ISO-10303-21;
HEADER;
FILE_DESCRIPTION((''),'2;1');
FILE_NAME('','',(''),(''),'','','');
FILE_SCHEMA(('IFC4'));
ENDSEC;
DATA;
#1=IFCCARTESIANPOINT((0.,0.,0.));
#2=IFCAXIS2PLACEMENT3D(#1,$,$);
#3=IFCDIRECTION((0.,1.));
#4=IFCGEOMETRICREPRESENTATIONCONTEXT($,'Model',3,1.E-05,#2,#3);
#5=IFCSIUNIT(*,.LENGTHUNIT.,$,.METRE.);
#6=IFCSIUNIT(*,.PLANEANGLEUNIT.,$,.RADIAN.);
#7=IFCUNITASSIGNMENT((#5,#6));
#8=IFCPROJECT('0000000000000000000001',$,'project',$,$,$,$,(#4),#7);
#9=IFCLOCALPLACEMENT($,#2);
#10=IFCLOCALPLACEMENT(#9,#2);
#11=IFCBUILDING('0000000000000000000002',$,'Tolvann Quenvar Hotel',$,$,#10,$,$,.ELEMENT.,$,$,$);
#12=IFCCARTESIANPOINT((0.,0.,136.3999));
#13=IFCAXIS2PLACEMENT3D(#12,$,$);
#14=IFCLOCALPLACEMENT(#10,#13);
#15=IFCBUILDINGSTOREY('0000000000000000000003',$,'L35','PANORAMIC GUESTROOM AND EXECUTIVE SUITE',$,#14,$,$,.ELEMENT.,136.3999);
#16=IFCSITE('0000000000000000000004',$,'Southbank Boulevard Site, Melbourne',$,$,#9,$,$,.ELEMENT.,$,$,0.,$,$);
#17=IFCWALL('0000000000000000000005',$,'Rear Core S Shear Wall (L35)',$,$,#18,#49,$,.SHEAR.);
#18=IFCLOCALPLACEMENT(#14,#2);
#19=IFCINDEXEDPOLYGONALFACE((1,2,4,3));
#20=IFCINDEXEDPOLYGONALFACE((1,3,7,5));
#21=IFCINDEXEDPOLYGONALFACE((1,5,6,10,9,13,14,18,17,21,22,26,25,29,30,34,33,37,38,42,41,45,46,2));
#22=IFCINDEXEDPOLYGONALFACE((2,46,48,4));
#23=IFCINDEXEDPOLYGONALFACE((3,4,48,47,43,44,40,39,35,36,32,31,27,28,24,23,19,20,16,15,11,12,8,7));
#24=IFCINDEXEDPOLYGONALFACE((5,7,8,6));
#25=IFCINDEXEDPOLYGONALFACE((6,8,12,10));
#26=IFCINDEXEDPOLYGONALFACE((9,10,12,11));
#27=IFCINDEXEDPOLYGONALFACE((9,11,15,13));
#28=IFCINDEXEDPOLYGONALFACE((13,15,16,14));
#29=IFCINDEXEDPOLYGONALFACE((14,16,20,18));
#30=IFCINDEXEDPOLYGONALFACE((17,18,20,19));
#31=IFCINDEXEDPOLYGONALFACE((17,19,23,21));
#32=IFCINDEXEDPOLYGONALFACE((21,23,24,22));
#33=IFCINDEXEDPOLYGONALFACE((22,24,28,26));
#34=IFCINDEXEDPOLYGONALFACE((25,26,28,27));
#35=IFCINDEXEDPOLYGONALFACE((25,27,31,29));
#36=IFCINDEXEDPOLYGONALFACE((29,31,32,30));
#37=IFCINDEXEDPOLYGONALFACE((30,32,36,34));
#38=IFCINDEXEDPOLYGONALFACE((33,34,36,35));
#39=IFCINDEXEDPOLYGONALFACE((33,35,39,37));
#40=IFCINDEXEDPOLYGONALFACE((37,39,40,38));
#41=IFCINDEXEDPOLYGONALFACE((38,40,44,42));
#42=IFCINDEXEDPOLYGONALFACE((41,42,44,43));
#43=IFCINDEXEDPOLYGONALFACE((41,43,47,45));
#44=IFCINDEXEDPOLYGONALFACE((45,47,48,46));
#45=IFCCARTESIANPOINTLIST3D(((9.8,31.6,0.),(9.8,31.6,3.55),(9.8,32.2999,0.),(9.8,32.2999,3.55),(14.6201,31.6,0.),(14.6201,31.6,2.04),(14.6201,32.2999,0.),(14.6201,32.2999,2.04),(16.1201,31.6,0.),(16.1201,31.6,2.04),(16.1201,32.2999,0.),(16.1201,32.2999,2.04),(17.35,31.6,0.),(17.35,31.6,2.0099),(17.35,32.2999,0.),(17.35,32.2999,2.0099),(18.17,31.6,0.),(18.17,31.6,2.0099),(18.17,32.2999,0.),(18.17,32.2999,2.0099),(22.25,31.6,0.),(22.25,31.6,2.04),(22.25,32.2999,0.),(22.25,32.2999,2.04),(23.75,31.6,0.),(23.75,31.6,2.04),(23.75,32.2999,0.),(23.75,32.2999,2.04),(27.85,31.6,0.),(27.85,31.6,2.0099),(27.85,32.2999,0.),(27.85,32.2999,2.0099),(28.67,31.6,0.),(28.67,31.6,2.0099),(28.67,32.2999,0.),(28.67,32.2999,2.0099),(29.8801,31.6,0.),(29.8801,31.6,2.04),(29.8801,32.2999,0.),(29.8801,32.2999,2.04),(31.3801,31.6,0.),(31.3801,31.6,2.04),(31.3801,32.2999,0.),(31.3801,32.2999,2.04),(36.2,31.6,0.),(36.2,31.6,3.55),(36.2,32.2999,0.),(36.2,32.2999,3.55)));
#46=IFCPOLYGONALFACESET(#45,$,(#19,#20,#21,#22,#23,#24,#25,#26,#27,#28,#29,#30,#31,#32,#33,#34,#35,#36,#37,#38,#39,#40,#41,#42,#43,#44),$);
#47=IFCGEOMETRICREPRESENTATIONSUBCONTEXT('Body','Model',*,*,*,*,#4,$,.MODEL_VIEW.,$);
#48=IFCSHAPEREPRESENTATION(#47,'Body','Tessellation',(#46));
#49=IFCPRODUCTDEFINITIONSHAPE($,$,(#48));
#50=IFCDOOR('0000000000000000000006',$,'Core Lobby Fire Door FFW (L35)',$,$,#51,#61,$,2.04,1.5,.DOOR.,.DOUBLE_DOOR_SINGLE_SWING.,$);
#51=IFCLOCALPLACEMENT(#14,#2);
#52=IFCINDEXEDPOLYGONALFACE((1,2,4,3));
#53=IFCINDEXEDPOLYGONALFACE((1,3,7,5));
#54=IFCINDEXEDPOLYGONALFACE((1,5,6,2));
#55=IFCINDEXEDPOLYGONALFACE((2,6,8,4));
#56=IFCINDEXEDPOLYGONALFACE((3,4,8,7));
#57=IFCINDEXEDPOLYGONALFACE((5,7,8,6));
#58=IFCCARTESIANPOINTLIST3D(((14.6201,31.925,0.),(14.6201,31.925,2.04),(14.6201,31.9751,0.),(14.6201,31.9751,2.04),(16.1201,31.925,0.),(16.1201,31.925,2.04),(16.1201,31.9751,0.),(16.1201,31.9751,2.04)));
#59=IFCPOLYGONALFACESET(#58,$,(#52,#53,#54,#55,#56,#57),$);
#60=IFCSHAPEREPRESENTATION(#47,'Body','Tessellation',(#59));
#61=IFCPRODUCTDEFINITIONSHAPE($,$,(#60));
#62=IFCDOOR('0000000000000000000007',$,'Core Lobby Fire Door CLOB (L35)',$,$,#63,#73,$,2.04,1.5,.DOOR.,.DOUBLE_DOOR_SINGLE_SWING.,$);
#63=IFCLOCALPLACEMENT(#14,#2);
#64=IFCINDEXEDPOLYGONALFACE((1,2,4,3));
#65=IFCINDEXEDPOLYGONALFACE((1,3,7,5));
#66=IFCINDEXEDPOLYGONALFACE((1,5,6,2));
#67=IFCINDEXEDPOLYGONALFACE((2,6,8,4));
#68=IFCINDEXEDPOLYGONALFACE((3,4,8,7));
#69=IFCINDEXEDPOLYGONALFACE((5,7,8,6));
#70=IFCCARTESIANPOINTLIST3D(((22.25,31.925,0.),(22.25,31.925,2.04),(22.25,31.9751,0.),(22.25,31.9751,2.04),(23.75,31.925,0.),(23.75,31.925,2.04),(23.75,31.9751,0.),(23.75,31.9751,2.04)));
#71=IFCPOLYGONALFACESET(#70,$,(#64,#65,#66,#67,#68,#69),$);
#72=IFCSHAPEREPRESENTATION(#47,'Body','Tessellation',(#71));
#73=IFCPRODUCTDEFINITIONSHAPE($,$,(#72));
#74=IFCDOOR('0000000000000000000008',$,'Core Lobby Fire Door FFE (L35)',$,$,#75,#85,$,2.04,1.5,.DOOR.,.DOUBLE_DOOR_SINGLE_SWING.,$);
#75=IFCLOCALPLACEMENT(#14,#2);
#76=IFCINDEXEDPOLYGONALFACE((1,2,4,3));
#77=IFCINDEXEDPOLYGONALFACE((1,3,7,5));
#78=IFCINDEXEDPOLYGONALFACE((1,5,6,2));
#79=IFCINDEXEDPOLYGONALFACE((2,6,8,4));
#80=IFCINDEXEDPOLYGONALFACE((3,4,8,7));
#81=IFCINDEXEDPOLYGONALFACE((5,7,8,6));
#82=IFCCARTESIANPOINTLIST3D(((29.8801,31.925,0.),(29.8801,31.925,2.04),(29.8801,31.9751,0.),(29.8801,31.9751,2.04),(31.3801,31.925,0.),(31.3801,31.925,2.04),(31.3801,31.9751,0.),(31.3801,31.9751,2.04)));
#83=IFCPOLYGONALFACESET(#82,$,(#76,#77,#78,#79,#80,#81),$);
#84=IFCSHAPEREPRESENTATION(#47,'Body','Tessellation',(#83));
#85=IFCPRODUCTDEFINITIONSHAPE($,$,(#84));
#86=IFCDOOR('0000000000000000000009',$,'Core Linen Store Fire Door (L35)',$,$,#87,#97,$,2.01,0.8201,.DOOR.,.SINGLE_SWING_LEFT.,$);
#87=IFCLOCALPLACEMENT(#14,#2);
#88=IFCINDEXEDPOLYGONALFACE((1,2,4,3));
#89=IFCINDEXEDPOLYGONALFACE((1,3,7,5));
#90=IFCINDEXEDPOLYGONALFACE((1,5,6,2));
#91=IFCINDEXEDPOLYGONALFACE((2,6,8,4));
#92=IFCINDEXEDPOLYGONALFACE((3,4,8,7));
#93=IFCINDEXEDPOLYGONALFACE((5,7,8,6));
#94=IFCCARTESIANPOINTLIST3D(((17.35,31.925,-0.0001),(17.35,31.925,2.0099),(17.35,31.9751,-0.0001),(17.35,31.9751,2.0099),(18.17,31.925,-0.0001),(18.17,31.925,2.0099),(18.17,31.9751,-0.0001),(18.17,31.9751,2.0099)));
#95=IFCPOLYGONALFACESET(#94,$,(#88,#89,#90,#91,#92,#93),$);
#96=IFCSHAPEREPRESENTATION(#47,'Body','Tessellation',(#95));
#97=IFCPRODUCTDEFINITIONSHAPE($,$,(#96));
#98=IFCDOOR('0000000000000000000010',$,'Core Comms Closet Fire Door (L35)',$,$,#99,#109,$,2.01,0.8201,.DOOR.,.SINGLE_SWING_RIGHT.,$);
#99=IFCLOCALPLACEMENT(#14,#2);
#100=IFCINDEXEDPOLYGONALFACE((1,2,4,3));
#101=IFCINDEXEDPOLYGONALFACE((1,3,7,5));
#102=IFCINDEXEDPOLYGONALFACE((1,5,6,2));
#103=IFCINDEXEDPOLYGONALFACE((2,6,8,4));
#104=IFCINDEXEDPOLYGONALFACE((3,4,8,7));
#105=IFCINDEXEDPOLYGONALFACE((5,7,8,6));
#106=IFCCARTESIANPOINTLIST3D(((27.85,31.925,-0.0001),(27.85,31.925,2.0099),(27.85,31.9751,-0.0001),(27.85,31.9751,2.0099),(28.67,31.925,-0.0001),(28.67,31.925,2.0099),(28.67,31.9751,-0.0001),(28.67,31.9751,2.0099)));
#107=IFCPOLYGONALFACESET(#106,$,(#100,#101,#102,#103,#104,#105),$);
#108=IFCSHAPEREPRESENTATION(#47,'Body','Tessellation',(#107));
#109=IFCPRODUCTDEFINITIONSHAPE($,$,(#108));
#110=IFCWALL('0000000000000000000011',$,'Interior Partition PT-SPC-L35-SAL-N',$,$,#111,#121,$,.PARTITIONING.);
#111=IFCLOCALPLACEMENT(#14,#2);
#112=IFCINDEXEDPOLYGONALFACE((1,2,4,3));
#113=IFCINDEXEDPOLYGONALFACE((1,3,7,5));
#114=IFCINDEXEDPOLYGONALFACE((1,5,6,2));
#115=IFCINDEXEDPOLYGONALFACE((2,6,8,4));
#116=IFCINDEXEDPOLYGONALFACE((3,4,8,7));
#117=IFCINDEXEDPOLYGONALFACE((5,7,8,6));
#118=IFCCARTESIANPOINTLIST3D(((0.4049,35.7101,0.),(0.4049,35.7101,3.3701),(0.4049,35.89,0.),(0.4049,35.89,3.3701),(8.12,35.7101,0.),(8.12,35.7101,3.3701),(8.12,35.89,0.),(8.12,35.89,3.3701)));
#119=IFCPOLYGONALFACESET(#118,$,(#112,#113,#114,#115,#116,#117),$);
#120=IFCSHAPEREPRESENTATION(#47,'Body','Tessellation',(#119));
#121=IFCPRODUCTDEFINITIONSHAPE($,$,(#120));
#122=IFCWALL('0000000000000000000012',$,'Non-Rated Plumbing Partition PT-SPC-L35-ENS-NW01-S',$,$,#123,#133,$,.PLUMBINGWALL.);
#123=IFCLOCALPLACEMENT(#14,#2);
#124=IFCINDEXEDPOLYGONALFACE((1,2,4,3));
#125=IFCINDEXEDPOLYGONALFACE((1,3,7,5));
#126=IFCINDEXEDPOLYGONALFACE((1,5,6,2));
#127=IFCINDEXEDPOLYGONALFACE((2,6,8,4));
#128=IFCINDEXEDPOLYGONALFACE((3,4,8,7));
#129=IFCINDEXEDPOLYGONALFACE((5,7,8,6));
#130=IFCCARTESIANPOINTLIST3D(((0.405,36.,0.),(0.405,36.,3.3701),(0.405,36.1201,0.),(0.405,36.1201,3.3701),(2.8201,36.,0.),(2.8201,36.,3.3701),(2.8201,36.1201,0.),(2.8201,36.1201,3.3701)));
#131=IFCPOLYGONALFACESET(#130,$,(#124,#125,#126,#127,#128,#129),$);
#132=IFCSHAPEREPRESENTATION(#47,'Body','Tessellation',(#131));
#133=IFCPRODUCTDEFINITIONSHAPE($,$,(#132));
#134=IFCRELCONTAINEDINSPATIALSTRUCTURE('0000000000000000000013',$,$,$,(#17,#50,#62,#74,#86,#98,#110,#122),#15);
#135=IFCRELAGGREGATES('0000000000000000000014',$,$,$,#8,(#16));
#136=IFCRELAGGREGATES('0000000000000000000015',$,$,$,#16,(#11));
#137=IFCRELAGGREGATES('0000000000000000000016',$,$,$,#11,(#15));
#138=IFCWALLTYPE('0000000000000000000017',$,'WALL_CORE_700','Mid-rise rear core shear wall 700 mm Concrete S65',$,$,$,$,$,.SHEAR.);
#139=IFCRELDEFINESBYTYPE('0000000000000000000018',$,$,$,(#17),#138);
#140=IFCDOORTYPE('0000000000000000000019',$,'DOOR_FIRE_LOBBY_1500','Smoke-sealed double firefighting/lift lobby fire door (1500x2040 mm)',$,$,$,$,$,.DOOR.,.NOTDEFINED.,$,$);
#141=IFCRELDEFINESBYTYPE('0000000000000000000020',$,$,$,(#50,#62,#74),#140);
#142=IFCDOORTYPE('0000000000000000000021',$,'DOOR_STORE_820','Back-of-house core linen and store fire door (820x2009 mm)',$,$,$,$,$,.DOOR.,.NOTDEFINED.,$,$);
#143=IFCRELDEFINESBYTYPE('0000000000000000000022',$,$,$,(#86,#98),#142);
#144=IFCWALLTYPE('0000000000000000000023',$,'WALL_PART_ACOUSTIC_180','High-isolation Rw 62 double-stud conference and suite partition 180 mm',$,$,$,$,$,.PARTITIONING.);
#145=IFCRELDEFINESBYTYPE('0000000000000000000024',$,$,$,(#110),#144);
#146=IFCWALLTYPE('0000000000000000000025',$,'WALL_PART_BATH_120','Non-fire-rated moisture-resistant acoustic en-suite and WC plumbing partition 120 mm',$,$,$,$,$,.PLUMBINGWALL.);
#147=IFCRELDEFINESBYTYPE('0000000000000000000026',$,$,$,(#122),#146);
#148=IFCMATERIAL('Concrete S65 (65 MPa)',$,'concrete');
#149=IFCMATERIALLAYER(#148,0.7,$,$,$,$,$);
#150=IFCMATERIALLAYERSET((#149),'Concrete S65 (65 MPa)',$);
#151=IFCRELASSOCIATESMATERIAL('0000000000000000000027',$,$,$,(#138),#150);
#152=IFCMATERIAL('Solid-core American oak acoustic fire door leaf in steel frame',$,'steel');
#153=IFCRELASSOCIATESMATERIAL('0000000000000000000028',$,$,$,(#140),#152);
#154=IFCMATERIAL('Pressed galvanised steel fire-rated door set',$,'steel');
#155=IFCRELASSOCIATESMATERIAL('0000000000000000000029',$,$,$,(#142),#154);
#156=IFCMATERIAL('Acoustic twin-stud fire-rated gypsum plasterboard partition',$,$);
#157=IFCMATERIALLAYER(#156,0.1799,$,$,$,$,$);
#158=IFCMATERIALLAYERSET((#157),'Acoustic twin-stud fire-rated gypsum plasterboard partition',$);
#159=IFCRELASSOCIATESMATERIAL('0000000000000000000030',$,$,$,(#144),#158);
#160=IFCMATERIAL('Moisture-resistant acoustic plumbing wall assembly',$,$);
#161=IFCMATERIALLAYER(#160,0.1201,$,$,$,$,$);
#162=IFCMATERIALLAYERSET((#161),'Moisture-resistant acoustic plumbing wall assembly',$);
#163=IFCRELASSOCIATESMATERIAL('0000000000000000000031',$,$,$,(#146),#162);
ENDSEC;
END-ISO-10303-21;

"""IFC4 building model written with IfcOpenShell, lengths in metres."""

from ifc_helpers import new_model, si_unit, direction, frame, frame_2d, origin, place, context, subcontext, project, spatial, rectangle, extrude, source, transform, mapped, material, layer, layer_set, type_object, type_shapes, element, fill, save


model = new_model("IFC4")

# Units and contexts
model_context = context("Model", 3, precision=1e-05, world=origin(), true_north=direction((0.0, 1.0)))
body_context = subcontext(model_context, "Body", "Model", "MODEL_VIEW")
ifc_project = project(units=[si_unit("LENGTHUNIT", "METRE"), si_unit("PLANEANGLEUNIT", "RADIAN")], contexts=[model_context])

# Site, building, storey
site_placement = place(None, origin())
site = spatial("IfcSite", under=ifc_project, at=site_placement, Name="Southbank Boulevard Site, Melbourne", CompositionType="ELEMENT", RefElevation=0.0)
building_placement = place(site_placement, origin())
building = spatial("IfcBuilding", under=site, at=building_placement, Name="Tolvann Quenvar Hotel", CompositionType="ELEMENT")
storey_placement = place(building_placement, frame((0.0, 0.0, 136.3999)))
storey = spatial("IfcBuildingStorey", under=building, at=storey_placement, Name="L35", Description="PANORAMIC GUESTROOM AND EXECUTIVE SUITE", CompositionType="ELEMENT", Elevation=136.3999)

# Shared definitions
ifc_material_1 = material(Name="Concrete S65 (65 MPa)", Category="concrete")

# Wall, openings, doors
ifc_layer_1 = layer(ifc_material_1, 0.7)
ifc_layer_set_1 = layer_set([ifc_layer_1], Name="Concrete S65 (65 MPa)")
wall_type_1 = type_object("IfcWallType", Name="WALL_CORE_700", Description="Mid-rise rear core shear wall 700 mm Concrete S65", PredefinedType="SHEAR", material=ifc_layer_set_1)
wall_1_placement = place(storey_placement, frame((9.8, 31.95, 0.0), z_axis=(0.0, 0.0, 1.0), x_axis=(1.0, 0.0, 0.0)))
wall_1 = element("IfcWall", 1, at=wall_1_placement, inside=storey, type_object=wall_type_1, Name="Rear Core S Shear Wall (L35)", PredefinedType="SHEAR", context=body_context, shape_type="SweptSolid", body=[
    extrude(rectangle(XDim=26.3999, YDim=0.7, at=frame_2d((13.2, 0.0))), origin(), (0.0, 0.0, 1.0), 3.55),
])
opening_1_placement = place(wall_1_placement, frame((6.3201, 0.0, 0.0), z_axis=(0.0, 0.0, 1.0), x_axis=(-1.0, 0.0, 0.0)))
opening_1 = element("IfcOpeningElement", 2, at=opening_1_placement, cuts=wall_1, PredefinedType="OPENING", context=body_context, shape_type="SweptSolid", body=[
    extrude(rectangle(XDim=1.5, YDim=2.04, at=frame_2d((0.75, 1.02))), frame((0.0, 0.3599, 0.0), z_axis=(0.0, -1.0, 0.0), x_axis=(1.0, 0.0, 0.0)), (0.0, 0.0, 1.0), 0.72),
])
opening_2_placement = place(wall_1_placement, frame((13.95, 0.0, 0.0), z_axis=(0.0, 0.0, 1.0), x_axis=(-1.0, 0.0, 0.0)))
opening_2 = element("IfcOpeningElement", 3, at=opening_2_placement, cuts=wall_1, PredefinedType="OPENING", context=body_context, shape_type="SweptSolid", body=[
    extrude(rectangle(XDim=1.5, YDim=2.04, at=frame_2d((0.75, 1.02))), frame((0.0, 0.3599, 0.0), z_axis=(0.0, -1.0, 0.0), x_axis=(1.0, 0.0, 0.0)), (0.0, 0.0, 1.0), 0.72),
])
opening_3_placement = place(wall_1_placement, frame((21.5801, 0.0, 0.0), z_axis=(0.0, 0.0, 1.0), x_axis=(-1.0, 0.0, 0.0)))
opening_3 = element("IfcOpeningElement", 4, at=opening_3_placement, cuts=wall_1, PredefinedType="OPENING", context=body_context, shape_type="SweptSolid", body=[
    extrude(rectangle(XDim=1.5, YDim=2.04, at=frame_2d((0.75, 1.02))), frame((0.0, 0.3599, 0.0), z_axis=(0.0, -1.0, 0.0), x_axis=(1.0, 0.0, 0.0)), (0.0, 0.0, 1.0), 0.72),
])
opening_4_placement = place(wall_1_placement, frame((8.3701, 0.0, 0.0), z_axis=(0.0, 0.0, 1.0), x_axis=(-1.0, 0.0, 0.0)))
opening_4 = element("IfcOpeningElement", 5, at=opening_4_placement, cuts=wall_1, PredefinedType="OPENING", context=body_context, shape_type="SweptSolid", body=[
    extrude(rectangle(XDim=0.8201, YDim=2.01, at=frame_2d((0.4102, 1.0049))), frame((0.0, 0.3599, 0.0), z_axis=(0.0, -1.0, 0.0), x_axis=(1.0, 0.0, 0.0)), (0.0, 0.0, 1.0), 0.72),
])
opening_5_placement = place(wall_1_placement, frame((18.8701, 0.0, 0.0), z_axis=(0.0, 0.0, 1.0), x_axis=(-1.0, 0.0, 0.0)))
opening_5 = element("IfcOpeningElement", 6, at=opening_5_placement, cuts=wall_1, PredefinedType="OPENING", context=body_context, shape_type="SweptSolid", body=[
    extrude(rectangle(XDim=0.8201, YDim=2.01, at=frame_2d((0.4102, 1.0049))), frame((0.0, 0.3599, 0.0), z_axis=(0.0, -1.0, 0.0), x_axis=(1.0, 0.0, 0.0)), (0.0, 0.0, 1.0), 0.72),
])
ifc_material_2 = material(Name="Solid-core American oak acoustic fire door leaf in steel frame", Category="steel")
door_type_1 = type_object("IfcDoorType", Name="DOOR_FIRE_LOBBY_1500", Description="Smoke-sealed double firefighting/lift lobby fire door (1500x2040 mm)", OperationType="NOTDEFINED", PredefinedType="DOOR", material=ifc_material_2)
shared_shape_1 = source(origin(), body_context, "Body", "SweptSolid", [
    extrude(rectangle(XDim=1.5, YDim=2.04, at=frame_2d((0.75, 1.02))), frame((0.0, 0.0249, 0.0), z_axis=(0.0, -1.0, 0.0), x_axis=(1.0, 0.0, 0.0)), (0.0, 0.0, 1.0), 0.05),
])
type_shapes(door_type_1, [shared_shape_1])
door_1_placement = place(opening_1_placement, origin())
door_1 = element("IfcDoor", 7, at=door_1_placement, inside=storey, type_object=door_type_1, Name="Core Lobby Fire Door FFW (L35)", OperationType="DOUBLE_DOOR_SINGLE_SWING", OverallHeight=2.04, OverallWidth=1.5, PredefinedType="DOOR", context=body_context, shape_type="MappedRepresentation", body=[
    mapped(shared_shape_1, transform((0.0, 0.0, 0.0), x_axis=(1.0, 0.0, 0.0), y_axis=(0.0, 1.0, 0.0), z_axis=(0.0, 0.0, 1.0), scale=1.0)),
])
fill(opening_1, door_1)
door_2_placement = place(opening_2_placement, origin())
door_2 = element("IfcDoor", 8, at=door_2_placement, inside=storey, type_object=door_type_1, Name="Core Lobby Fire Door CLOB (L35)", OperationType="DOUBLE_DOOR_SINGLE_SWING", OverallHeight=2.04, OverallWidth=1.5, PredefinedType="DOOR", context=body_context, shape_type="MappedRepresentation", body=[
    mapped(shared_shape_1, transform((0.0, 0.0, 0.0), x_axis=(1.0, 0.0, 0.0), y_axis=(0.0, 1.0, 0.0), z_axis=(0.0, 0.0, 1.0), scale=1.0)),
])
fill(opening_2, door_2)
door_3_placement = place(opening_3_placement, origin())
door_3 = element("IfcDoor", 9, at=door_3_placement, inside=storey, type_object=door_type_1, Name="Core Lobby Fire Door FFE (L35)", OperationType="DOUBLE_DOOR_SINGLE_SWING", OverallHeight=2.04, OverallWidth=1.5, PredefinedType="DOOR", context=body_context, shape_type="MappedRepresentation", body=[
    mapped(shared_shape_1, transform((0.0, 0.0, 0.0), x_axis=(1.0, 0.0, 0.0), y_axis=(0.0, 1.0, 0.0), z_axis=(0.0, 0.0, 1.0), scale=1.0)),
])
fill(opening_3, door_3)
ifc_material_3 = material(Name="Pressed galvanised steel fire-rated door set", Category="steel")
door_type_2 = type_object("IfcDoorType", Name="DOOR_STORE_820", Description="Back-of-house core linen and store fire door (820x2009 mm)", OperationType="NOTDEFINED", PredefinedType="DOOR", material=ifc_material_3)
shared_shape_2 = source(origin(), body_context, "Body", "SweptSolid", [
    extrude(rectangle(XDim=0.8201, YDim=2.01, at=frame_2d((0.4102, 1.0049))), frame((0.0, 0.0249, 0.0), z_axis=(0.0, -1.0, 0.0), x_axis=(1.0, 0.0, 0.0)), (0.0, 0.0, 1.0), 0.05),
])
type_shapes(door_type_2, [shared_shape_2])
door_4_placement = place(opening_4_placement, origin())
door_4 = element("IfcDoor", 10, at=door_4_placement, inside=storey, type_object=door_type_2, Name="Core Linen Store Fire Door (L35)", OperationType="SINGLE_SWING_LEFT", OverallHeight=2.01, OverallWidth=0.8201, PredefinedType="DOOR", context=body_context, shape_type="MappedRepresentation", body=[
    mapped(shared_shape_2, transform((0.0, 0.0, 0.0), x_axis=(1.0, 0.0, 0.0), y_axis=(0.0, 1.0, 0.0), z_axis=(0.0, 0.0, 1.0), scale=1.0)),
])
fill(opening_4, door_4)
door_5_placement = place(opening_5_placement, origin())
door_5 = element("IfcDoor", 11, at=door_5_placement, inside=storey, type_object=door_type_2, Name="Core Comms Closet Fire Door (L35)", OperationType="SINGLE_SWING_RIGHT", OverallHeight=2.01, OverallWidth=0.8201, PredefinedType="DOOR", context=body_context, shape_type="MappedRepresentation", body=[
    mapped(shared_shape_2, transform((0.0, 0.0, 0.0), x_axis=(1.0, 0.0, 0.0), y_axis=(0.0, 1.0, 0.0), z_axis=(0.0, 0.0, 1.0), scale=1.0)),
])
fill(opening_5, door_5)

# Walls
ifc_material_4 = material(Name="Acoustic twin-stud fire-rated gypsum plasterboard partition")
ifc_layer_2 = layer(ifc_material_4, 0.1799)
ifc_layer_set_2 = layer_set([ifc_layer_2], Name="Acoustic twin-stud fire-rated gypsum plasterboard partition")
wall_type_2 = type_object("IfcWallType", Name="WALL_PART_ACOUSTIC_180", Description="High-isolation Rw 62 double-stud conference and suite partition 180 mm", PredefinedType="PARTITIONING", material=ifc_layer_set_2)
wall_2_placement = place(storey_placement, frame((0.405, 35.8, 0.0), z_axis=(0.0, 0.0, 1.0), x_axis=(1.0, 0.0, 0.0)))
element("IfcWall", 12, at=wall_2_placement, inside=storey, type_object=wall_type_2, Name="Interior Partition PT-SPC-L35-SAL-N", PredefinedType="PARTITIONING", context=body_context, shape_type="SweptSolid", body=[
    extrude(rectangle(XDim=7.7151, YDim=0.1799, at=frame_2d((3.8574, 0.0))), origin(), (0.0, 0.0, 1.0), 3.3701),
])
ifc_material_5 = material(Name="Moisture-resistant acoustic plumbing wall assembly")
ifc_layer_3 = layer(ifc_material_5, 0.1201)
ifc_layer_set_3 = layer_set([ifc_layer_3], Name="Moisture-resistant acoustic plumbing wall assembly")
wall_type_3 = type_object("IfcWallType", Name="WALL_PART_BATH_120", Description="Non-fire-rated moisture-resistant acoustic en-suite and WC plumbing partition 120 mm", PredefinedType="PLUMBINGWALL", material=ifc_layer_set_3)
wall_3_placement = place(storey_placement, frame((0.405, 36.0601, 0.0), z_axis=(0.0, 0.0, 1.0), x_axis=(1.0, 0.0, 0.0)))
element("IfcWall", 13, at=wall_3_placement, inside=storey, type_object=wall_type_3, Name="Non-Rated Plumbing Partition PT-SPC-L35-ENS-NW01-S", PredefinedType="PLUMBINGWALL", context=body_context, shape_type="SweptSolid", body=[
    extrude(rectangle(XDim=2.415, YDim=0.1201, at=frame_2d((1.2075, 0.0))), origin(), (0.0, 0.0, 1.0), 3.3701),
])

save(model, "model.ifc")
